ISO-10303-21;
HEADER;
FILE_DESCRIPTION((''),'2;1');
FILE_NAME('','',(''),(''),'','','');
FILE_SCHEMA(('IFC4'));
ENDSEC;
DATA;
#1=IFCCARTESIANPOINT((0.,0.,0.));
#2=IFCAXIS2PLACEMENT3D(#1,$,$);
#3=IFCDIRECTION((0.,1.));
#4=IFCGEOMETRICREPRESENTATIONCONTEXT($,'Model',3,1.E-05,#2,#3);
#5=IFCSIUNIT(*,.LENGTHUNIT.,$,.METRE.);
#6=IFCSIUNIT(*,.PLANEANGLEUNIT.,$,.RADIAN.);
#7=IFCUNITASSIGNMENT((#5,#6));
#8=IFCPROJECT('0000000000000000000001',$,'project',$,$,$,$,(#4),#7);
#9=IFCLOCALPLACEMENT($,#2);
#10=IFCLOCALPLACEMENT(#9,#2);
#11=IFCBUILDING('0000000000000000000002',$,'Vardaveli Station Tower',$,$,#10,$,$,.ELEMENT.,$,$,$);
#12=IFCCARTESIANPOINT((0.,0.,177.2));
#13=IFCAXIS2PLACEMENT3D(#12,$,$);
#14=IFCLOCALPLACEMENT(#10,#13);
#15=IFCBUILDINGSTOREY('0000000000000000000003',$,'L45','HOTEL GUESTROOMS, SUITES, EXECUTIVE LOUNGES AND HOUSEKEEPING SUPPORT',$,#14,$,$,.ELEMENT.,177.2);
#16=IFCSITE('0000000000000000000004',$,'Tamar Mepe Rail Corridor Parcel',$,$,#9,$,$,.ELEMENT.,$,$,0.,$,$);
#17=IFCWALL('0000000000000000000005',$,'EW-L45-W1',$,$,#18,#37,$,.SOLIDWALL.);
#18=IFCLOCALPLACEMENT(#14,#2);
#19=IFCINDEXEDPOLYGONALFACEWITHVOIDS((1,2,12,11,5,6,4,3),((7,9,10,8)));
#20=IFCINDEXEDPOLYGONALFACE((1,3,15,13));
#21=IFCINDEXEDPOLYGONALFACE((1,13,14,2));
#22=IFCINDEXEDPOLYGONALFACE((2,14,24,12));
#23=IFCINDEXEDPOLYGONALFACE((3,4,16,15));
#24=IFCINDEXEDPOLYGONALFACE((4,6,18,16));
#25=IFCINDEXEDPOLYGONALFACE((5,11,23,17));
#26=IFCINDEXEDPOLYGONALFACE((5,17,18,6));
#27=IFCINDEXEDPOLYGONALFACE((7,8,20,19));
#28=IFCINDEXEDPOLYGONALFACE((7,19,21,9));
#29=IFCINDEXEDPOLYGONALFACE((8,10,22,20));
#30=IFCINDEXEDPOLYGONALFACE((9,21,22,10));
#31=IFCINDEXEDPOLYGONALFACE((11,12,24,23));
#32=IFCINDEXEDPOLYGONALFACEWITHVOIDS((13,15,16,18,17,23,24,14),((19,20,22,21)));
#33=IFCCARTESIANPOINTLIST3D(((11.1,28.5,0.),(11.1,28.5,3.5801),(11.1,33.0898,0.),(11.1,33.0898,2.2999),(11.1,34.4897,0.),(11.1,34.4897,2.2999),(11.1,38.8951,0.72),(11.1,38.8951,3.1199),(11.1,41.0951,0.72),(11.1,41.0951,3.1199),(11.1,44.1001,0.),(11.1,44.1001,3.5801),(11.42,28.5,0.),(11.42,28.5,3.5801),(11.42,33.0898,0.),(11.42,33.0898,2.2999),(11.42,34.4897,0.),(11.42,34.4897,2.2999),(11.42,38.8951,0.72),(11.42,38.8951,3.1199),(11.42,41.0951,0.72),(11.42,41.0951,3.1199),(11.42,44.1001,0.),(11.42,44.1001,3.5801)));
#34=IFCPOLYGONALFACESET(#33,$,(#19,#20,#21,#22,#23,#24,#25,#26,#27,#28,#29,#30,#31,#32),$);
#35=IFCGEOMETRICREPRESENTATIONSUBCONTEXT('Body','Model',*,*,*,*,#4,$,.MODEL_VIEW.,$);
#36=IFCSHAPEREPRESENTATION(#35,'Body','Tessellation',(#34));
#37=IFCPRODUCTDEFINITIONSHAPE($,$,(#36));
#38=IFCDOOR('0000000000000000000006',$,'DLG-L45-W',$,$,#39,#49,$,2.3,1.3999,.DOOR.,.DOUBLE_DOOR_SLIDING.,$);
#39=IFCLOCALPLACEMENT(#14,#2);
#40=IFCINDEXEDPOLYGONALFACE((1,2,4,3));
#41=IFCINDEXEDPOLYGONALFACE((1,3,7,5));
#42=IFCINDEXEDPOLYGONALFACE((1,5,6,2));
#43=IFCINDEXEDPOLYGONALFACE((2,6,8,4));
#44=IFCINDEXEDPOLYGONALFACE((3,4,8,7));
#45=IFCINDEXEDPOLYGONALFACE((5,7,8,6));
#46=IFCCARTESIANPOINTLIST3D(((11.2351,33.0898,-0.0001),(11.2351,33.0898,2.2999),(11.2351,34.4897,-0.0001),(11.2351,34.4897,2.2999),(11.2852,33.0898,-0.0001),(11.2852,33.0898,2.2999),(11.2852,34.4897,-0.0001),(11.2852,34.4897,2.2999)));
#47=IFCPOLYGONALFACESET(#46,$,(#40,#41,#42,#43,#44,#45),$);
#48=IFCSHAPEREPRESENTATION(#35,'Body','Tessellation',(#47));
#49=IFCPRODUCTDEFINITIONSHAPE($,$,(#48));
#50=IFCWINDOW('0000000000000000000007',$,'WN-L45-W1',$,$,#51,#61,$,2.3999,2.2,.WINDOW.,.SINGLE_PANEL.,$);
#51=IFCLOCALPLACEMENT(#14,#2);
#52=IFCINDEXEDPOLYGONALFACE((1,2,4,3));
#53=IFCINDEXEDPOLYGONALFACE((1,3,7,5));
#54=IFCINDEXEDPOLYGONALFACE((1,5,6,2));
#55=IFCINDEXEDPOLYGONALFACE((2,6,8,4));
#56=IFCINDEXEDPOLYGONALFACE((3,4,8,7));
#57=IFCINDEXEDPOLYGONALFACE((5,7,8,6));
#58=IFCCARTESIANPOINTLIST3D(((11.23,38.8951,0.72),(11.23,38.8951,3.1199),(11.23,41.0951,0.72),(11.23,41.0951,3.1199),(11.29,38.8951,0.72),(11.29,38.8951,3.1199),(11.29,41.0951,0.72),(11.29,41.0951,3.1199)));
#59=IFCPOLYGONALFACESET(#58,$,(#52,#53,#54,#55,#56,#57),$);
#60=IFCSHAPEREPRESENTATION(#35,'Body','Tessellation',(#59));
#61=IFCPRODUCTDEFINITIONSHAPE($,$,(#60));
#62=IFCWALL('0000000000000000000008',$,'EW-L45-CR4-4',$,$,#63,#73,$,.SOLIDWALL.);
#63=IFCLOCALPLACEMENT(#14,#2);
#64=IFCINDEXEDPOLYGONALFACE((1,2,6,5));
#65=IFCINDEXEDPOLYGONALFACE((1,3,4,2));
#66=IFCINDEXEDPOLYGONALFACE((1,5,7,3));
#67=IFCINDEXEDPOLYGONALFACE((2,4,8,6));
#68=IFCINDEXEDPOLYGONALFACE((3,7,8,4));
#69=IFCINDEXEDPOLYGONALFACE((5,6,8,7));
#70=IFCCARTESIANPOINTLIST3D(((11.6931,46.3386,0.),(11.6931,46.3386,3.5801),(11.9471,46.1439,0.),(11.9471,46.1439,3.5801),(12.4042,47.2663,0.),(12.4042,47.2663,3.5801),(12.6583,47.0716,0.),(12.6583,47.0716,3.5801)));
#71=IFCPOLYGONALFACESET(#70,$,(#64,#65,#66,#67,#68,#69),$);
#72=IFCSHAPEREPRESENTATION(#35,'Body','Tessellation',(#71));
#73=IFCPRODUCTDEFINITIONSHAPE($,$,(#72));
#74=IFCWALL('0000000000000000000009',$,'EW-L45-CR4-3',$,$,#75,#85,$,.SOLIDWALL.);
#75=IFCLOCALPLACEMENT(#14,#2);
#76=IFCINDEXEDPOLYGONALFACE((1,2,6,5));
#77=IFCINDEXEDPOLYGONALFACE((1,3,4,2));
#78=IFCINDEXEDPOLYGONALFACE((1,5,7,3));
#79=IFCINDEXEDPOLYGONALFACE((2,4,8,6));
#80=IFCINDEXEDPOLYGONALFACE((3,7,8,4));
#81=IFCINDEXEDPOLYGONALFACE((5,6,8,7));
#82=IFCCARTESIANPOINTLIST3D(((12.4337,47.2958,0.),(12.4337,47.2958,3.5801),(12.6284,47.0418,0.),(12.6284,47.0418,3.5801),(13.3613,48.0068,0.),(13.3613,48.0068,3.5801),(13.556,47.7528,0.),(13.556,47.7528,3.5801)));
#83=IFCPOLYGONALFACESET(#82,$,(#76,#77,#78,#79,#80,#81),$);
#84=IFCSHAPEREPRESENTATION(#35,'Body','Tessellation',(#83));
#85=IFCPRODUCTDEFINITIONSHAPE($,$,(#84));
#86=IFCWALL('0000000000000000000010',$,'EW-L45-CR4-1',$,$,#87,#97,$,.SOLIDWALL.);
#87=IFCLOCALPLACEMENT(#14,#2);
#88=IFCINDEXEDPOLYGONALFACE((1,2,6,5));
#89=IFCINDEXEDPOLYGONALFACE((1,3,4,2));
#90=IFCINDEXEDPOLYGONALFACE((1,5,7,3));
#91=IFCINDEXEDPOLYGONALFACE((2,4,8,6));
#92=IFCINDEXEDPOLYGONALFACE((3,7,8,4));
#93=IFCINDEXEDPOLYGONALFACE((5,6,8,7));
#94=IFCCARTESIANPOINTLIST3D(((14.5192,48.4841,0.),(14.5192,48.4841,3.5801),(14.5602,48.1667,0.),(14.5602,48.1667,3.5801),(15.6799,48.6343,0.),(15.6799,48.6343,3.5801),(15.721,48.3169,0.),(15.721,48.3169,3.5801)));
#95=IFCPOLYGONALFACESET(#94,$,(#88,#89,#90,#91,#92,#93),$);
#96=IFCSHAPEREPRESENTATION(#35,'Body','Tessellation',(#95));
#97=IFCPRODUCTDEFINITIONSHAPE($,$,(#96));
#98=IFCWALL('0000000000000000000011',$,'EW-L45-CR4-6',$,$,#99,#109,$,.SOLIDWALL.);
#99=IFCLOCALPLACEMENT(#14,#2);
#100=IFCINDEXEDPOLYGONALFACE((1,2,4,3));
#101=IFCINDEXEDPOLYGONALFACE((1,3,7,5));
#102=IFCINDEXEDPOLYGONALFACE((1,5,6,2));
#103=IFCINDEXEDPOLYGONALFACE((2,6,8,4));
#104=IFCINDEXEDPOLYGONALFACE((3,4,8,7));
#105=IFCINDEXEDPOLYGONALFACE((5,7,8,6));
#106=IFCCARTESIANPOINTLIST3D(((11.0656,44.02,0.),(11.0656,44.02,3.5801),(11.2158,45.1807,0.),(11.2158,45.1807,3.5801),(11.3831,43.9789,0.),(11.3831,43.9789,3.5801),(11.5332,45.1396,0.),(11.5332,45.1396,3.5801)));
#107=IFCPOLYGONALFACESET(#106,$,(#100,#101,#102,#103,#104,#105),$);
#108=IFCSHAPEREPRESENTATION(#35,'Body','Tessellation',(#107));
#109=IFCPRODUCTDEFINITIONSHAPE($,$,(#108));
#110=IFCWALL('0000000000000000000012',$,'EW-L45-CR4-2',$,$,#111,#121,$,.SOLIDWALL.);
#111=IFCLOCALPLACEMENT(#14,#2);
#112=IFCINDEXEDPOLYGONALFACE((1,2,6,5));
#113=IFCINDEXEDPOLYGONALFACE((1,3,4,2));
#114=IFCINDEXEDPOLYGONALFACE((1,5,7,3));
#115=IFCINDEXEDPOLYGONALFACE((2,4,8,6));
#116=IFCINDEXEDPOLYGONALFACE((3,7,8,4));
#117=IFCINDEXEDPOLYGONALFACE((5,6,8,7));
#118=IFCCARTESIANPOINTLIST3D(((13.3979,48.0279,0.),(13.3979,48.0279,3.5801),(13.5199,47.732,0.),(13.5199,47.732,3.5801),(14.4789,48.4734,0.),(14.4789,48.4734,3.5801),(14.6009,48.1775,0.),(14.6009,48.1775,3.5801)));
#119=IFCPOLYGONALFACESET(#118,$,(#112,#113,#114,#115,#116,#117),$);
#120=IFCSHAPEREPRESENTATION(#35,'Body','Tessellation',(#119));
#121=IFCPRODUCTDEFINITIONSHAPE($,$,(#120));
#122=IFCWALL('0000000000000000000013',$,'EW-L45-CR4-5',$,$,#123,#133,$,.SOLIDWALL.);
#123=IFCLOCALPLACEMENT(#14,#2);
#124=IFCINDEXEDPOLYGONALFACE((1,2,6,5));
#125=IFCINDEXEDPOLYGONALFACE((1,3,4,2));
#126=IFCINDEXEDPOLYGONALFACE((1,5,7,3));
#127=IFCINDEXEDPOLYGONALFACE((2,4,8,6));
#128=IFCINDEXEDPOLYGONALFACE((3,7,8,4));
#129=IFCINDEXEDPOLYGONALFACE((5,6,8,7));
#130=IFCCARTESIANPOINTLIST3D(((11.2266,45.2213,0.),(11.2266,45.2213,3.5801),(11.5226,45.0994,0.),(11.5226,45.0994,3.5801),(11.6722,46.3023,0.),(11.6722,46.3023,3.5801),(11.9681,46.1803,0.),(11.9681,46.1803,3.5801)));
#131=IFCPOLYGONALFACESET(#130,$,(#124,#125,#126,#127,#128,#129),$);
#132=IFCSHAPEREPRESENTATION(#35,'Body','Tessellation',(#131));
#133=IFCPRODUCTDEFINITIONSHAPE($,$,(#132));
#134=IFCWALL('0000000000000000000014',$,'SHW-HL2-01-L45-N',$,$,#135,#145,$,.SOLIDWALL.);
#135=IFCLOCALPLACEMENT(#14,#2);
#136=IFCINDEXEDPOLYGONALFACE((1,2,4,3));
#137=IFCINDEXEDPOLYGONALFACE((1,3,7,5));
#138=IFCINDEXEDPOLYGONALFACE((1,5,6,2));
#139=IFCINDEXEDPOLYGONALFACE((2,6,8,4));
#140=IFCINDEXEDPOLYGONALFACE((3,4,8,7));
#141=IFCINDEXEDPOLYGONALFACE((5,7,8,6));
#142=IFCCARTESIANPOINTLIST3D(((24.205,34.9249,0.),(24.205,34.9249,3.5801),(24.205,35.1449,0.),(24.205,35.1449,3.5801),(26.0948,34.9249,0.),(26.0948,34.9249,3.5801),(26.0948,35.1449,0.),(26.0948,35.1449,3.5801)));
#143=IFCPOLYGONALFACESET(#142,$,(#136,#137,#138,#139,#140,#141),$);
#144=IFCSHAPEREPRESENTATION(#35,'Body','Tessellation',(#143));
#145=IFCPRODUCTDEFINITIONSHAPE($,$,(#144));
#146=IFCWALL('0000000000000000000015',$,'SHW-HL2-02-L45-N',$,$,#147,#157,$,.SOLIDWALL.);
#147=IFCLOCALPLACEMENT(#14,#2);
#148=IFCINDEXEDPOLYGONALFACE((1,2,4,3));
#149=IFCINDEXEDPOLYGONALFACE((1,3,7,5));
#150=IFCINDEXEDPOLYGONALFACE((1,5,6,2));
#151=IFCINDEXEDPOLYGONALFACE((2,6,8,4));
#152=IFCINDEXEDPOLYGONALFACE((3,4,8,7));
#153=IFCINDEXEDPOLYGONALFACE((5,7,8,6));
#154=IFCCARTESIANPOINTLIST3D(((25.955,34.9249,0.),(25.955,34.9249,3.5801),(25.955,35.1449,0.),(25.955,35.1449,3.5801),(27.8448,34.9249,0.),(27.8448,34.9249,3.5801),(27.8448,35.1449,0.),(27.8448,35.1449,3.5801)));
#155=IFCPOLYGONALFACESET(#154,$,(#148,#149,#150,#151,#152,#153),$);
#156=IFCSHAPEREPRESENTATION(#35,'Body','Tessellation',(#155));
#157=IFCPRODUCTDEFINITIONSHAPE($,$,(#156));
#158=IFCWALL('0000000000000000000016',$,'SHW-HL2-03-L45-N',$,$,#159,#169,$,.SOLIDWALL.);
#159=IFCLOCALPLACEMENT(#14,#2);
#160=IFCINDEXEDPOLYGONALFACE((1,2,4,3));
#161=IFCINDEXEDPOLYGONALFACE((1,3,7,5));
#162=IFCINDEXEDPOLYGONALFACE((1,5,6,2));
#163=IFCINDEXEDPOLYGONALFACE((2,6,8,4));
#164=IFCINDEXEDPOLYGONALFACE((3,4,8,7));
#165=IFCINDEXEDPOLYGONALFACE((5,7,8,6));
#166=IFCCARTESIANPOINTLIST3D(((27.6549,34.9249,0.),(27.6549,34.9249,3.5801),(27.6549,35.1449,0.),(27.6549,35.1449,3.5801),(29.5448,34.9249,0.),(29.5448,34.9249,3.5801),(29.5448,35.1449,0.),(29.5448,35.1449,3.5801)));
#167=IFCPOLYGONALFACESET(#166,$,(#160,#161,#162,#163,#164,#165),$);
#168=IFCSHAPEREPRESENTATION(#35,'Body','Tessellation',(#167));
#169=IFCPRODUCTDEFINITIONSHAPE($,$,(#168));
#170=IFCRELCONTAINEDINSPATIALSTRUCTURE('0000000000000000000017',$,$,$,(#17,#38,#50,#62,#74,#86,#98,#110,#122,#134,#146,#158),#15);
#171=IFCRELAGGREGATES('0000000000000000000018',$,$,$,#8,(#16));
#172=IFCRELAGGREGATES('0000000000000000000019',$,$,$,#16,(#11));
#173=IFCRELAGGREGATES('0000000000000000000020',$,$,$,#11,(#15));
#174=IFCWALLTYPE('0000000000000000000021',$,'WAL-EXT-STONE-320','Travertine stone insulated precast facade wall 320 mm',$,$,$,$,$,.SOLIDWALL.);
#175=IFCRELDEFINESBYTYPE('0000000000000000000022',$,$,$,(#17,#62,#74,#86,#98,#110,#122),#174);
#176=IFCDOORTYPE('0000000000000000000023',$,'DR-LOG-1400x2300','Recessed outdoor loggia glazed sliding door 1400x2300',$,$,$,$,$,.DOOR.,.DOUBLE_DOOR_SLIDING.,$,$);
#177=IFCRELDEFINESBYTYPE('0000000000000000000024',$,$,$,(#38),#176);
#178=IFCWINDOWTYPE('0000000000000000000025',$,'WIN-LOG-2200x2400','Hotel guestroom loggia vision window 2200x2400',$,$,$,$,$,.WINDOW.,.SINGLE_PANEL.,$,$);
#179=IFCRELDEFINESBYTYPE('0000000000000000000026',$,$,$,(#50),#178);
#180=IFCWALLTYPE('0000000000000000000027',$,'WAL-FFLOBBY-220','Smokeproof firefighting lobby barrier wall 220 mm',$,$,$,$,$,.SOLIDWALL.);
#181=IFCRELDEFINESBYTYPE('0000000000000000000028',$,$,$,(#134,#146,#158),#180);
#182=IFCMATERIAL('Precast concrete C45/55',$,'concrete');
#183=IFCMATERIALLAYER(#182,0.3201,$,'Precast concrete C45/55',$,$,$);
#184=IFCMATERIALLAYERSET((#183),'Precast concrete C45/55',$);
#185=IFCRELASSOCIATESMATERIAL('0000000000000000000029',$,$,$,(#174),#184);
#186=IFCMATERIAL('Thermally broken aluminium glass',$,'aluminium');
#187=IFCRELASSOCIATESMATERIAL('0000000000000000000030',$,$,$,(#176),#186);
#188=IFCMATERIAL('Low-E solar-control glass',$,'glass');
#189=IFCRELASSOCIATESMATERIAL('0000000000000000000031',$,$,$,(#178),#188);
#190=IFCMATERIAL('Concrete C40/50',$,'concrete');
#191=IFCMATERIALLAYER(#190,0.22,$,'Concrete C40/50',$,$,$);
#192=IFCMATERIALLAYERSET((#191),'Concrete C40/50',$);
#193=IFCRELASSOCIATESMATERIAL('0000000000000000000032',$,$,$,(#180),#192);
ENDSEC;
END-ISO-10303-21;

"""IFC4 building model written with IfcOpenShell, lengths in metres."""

from ifc_helpers import new_model, si_unit, direction, frame, frame_2d, origin, place, context, subcontext, project, spatial, rectangle, extrude, source, transform, mapped, material, layer, layer_set, type_object, element, fill, save


model = new_model("IFC4")

# Units and contexts
model_context = context("Model", 3, precision=1e-05, world=origin(), true_north=direction((0.0, 1.0)))
body_context = subcontext(model_context, "Body", "Model", "MODEL_VIEW")
ifc_project = project(units=[si_unit("LENGTHUNIT", "METRE"), si_unit("PLANEANGLEUNIT", "RADIAN")], contexts=[model_context])

# Site, building, storey
site_placement = place(None, origin())
site = spatial("IfcSite", under=ifc_project, at=site_placement, Name="Tamar Mepe Rail Corridor Parcel", CompositionType="ELEMENT", RefElevation=0.0)
building_placement = place(site_placement, origin())
building = spatial("IfcBuilding", under=site, at=building_placement, Name="Vardaveli Station Tower", CompositionType="ELEMENT")
storey_placement = place(building_placement, frame((0.0, 0.0, 177.2)))
storey = spatial("IfcBuildingStorey", under=building, at=storey_placement, Name="L45", Description="HOTEL GUESTROOMS, SUITES, EXECUTIVE LOUNGES AND HOUSEKEEPING SUPPORT", CompositionType="ELEMENT", Elevation=177.2)

# Shared definitions
ifc_material_1 = material(Name="Precast concrete C45/55", Category="concrete")

# Wall, openings, door, window
ifc_layer_1 = layer(ifc_material_1, 0.3201, Name="Precast concrete C45/55")
ifc_layer_set_1 = layer_set([ifc_layer_1], Name="Precast concrete C45/55")
wall_type_1 = type_object("IfcWallType", Name="WAL-EXT-STONE-320", Description="Travertine stone insulated precast facade wall 320 mm", PredefinedType="SOLIDWALL", material=ifc_layer_set_1)
shared_shape_1 = source(origin(), body_context, "Body", "SweptSolid", [
    extrude(rectangle(XDim=15.6001, YDim=0.3201, at=frame_2d((7.8, 0.0))), origin(), (0.0, 0.0, 1.0), 3.5801),
])
wall_1_placement = place(storey_placement, frame((11.26, 44.1001, 0.0), z_axis=(0.0, 0.0, 1.0), x_axis=(0.0, -1.0, 0.0)))
wall_1 = element("IfcWall", 1, at=wall_1_placement, inside=storey, type_object=wall_type_1, Name="EW-L45-W1", PredefinedType="SOLIDWALL", context=body_context, shape_type="MappedRepresentation", body=[
    mapped(shared_shape_1, transform((0.0, 0.0, 0.0), scale=1.0)),
])
shared_shape_2 = source(origin(), body_context, "Body", "SweptSolid", [
    extrude(rectangle(XDim=1.3999, YDim=2.3, at=frame_2d((0.7, 1.1499))), frame((0.0, 0.1699, 0.0), z_axis=(0.0, -1.0, 0.0), x_axis=(1.0, 0.0, 0.0)), (0.0, 0.0, 1.0), 0.3401),
])
opening_1_placement = place(wall_1_placement, frame((9.6104, 0.0, 0.0)))
opening_1 = element("IfcOpeningElement", 2, at=opening_1_placement, cuts=wall_1, PredefinedType="OPENING", context=body_context, shape_type="MappedRepresentation", body=[
    mapped(shared_shape_2, transform((0.0, 0.0, 0.0), scale=1.0)),
])
shared_shape_3 = source(origin(), body_context, "Body", "SweptSolid", [
    extrude(rectangle(XDim=2.2, YDim=2.3999, at=frame_2d((1.1001, 1.2))), frame((0.0, 0.1699, 0.0), z_axis=(0.0, -1.0, 0.0), x_axis=(1.0, 0.0, 0.0)), (0.0, 0.0, 1.0), 0.3401),
])
opening_2_placement = place(wall_1_placement, frame((3.0049, 0.0, 0.72)))
opening_2 = element("IfcOpeningElement", 3, at=opening_2_placement, cuts=wall_1, PredefinedType="OPENING", context=body_context, shape_type="MappedRepresentation", body=[
    mapped(shared_shape_3, transform((0.0, 0.0, 0.0), scale=1.0)),
])
ifc_material_2 = material(Name="Thermally broken aluminium glass", Category="aluminium")
door_type_1 = type_object("IfcDoorType", Name="DR-LOG-1400x2300", Description="Recessed outdoor loggia glazed sliding door 1400x2300", OperationType="DOUBLE_DOOR_SLIDING", PredefinedType="DOOR", material=ifc_material_2)
shared_shape_4 = source(origin(), body_context, "Body", "SweptSolid", [
    extrude(rectangle(XDim=1.3999, YDim=2.3, at=frame_2d((0.7, 1.1499))), frame((0.0, 0.0249, 0.0), z_axis=(0.0, -1.0, 0.0), x_axis=(1.0, 0.0, 0.0)), (0.0, 0.0, 1.0), 0.05),
])
door_1_placement = place(opening_1_placement, frame((1.3999, 0.0, 0.0), z_axis=(0.0, 0.0, 1.0), x_axis=(-1.0, 0.0, 0.0)))
door_1 = element("IfcDoor", 4, at=door_1_placement, inside=storey, type_object=door_type_1, Name="DLG-L45-W", OperationType="DOUBLE_DOOR_SLIDING", OverallHeight=2.3, OverallWidth=1.3999, PredefinedType="DOOR", context=body_context, shape_type="MappedRepresentation", body=[
    mapped(shared_shape_4, transform((0.0, 0.0, 0.0), scale=1.0)),
])
fill(opening_1, door_1)
ifc_material_3 = material(Name="Low-E solar-control glass", Category="glass")
window_type = type_object("IfcWindowType", Name="WIN-LOG-2200x2400", Description="Hotel guestroom loggia vision window 2200x2400", PartitioningType="SINGLE_PANEL", PredefinedType="WINDOW", material=ifc_material_3)
shared_shape_5 = source(origin(), body_context, "Body", "SweptSolid", [
    extrude(rectangle(XDim=2.2, YDim=2.3999, at=frame_2d((1.1001, 1.2))), frame((0.0, 0.03, 0.0), z_axis=(0.0, -1.0, 0.0), x_axis=(1.0, 0.0, 0.0)), (0.0, 0.0, 1.0), 0.0601),
])
window_placement = place(opening_2_placement, origin())
window = element("IfcWindow", 5, at=window_placement, inside=storey, type_object=window_type, Name="WN-L45-W1", OverallHeight=2.3999, OverallWidth=2.2, PartitioningType="SINGLE_PANEL", PredefinedType="WINDOW", context=body_context, shape_type="MappedRepresentation", body=[
    mapped(shared_shape_5, transform((0.0, 0.0, 0.0), scale=1.0)),
])
fill(opening_2, window)

# Walls
shared_shape_6 = source(origin(), body_context, "Body", "SweptSolid", [
    extrude(rectangle(XDim=1.1689, YDim=0.3201, at=frame_2d((0.5845, 0.0))), origin(), (0.0, 0.0, 1.0), 3.5801),
])
wall_2_placement = place(storey_placement, frame((12.5312, 47.1689, 0.0), z_axis=(0.0, 0.0, 1.0), x_axis=(-0.608388, -0.79364, 0.0)))
element("IfcWall", 6, at=wall_2_placement, inside=storey, type_object=wall_type_1, Name="EW-L45-CR4-4", PredefinedType="SOLIDWALL", context=body_context, shape_type="MappedRepresentation", body=[
    mapped(shared_shape_6, transform((0.0, 0.0, 0.0), scale=1.0)),
])
shared_shape_7 = source(origin(), body_context, "Body", "SweptSolid", [
    extrude(rectangle(XDim=1.1687, YDim=0.3201, at=frame_2d((0.5845, 0.0))), origin(), (0.0, 0.0, 1.0), 3.5801),
])
wall_3_placement = place(storey_placement, frame((13.4587, 47.8799, 0.0), z_axis=(0.0, 0.0, 1.0), x_axis=(-0.793664, -0.608357, 0.0)))
element("IfcWall", 7, at=wall_3_placement, inside=storey, type_object=wall_type_1, Name="EW-L45-CR4-3", PredefinedType="SOLIDWALL", context=body_context, shape_type="MappedRepresentation", body=[
    mapped(shared_shape_7, transform((0.0, 0.0, 0.0), scale=1.0)),
])
shared_shape_8 = source(origin(), body_context, "Body", "SweptSolid", [
    extrude(rectangle(XDim=1.1704, YDim=0.3201, at=frame_2d((0.5852, 0.0))), origin(), (0.0, 0.0, 1.0), 3.5801),
])
for number, where, z_axis, x_axis, name in (
    (8, (15.7004, 48.4756, 0.0), (0.0, 0.0, 1.0), (-0.991736, -0.128296, 0.0), "EW-L45-CR4-1"),
    (9, (11.3745, 45.1602, 0.0), (0.0, 0.0, 1.0), (-0.128296, -0.991736, 0.0), "EW-L45-CR4-6"),
):
    element("IfcWall", number, at=place(storey_placement, frame(where, z_axis=z_axis, x_axis=x_axis)), inside=storey, type_object=wall_type_1, Name=name, PredefinedType="SOLIDWALL", context=body_context, shape_type="MappedRepresentation", body=[
        mapped(shared_shape_8, transform((0.0, 0.0, 0.0), scale=1.0)),
    ])
shared_shape_9 = source(origin(), body_context, "Body", "SweptSolid", [
    extrude(rectangle(XDim=1.1692, YDim=0.3201, at=frame_2d((0.5845, 0.0))), origin(), (0.0, 0.0, 1.0), 3.5801),
])
for number, where, z_axis, x_axis, name in (
    (10, (14.5398, 48.3254, 0.0), (0.0, 0.0, 1.0), (-0.924553, -0.381054, 0.0), "EW-L45-CR4-2"),
    (11, (11.8201, 46.2412, 0.0), (0.0, 0.0, 1.0), (-0.381054, -0.924553, 0.0), "EW-L45-CR4-5"),
):
    element("IfcWall", number, at=place(storey_placement, frame(where, z_axis=z_axis, x_axis=x_axis)), inside=storey, type_object=wall_type_1, Name=name, PredefinedType="SOLIDWALL", context=body_context, shape_type="MappedRepresentation", body=[
        mapped(shared_shape_9, transform((0.0, 0.0, 0.0), scale=1.0)),
    ])
ifc_material_4 = material(Name="Concrete C40/50", Category="concrete")
ifc_layer_2 = layer(ifc_material_4, 0.22, Name="Concrete C40/50")
ifc_layer_set_2 = layer_set([ifc_layer_2], Name="Concrete C40/50")
wall_type_2 = type_object("IfcWallType", Name="WAL-FFLOBBY-220", Description="Smokeproof firefighting lobby barrier wall 220 mm", PredefinedType="SOLIDWALL", material=ifc_layer_set_2)
shared_shape_10 = source(origin(), body_context, "Body", "SweptSolid", [
    extrude(rectangle(XDim=1.8899, YDim=0.22, at=frame_2d((0.9448, 0.0))), origin(), (0.0, 0.0, 1.0), 3.5801),
])
for number, where, z_axis, x_axis, name in (
    (12, (24.2051, 35.0349, 0.0), (0.0, 0.0, 1.0), (1.0, 0.0, 0.0), "SHW-HL2-01-L45-N"),
    (13, (25.9551, 35.0349, 0.0), (0.0, 0.0, 1.0), (1.0, 0.0, 0.0), "SHW-HL2-02-L45-N"),
    (14, (27.655, 35.0349, 0.0), (0.0, 0.0, 1.0), (1.0, 0.0, 0.0), "SHW-HL2-03-L45-N"),
):
    element("IfcWall", number, at=place(storey_placement, frame(where, z_axis=z_axis, x_axis=x_axis)), inside=storey, type_object=wall_type_2, Name=name, PredefinedType="SOLIDWALL", context=body_context, shape_type="MappedRepresentation", body=[
        mapped(shared_shape_10, transform((0.0, 0.0, 0.0), scale=1.0)),
    ])

save(model, "model.ifc")
